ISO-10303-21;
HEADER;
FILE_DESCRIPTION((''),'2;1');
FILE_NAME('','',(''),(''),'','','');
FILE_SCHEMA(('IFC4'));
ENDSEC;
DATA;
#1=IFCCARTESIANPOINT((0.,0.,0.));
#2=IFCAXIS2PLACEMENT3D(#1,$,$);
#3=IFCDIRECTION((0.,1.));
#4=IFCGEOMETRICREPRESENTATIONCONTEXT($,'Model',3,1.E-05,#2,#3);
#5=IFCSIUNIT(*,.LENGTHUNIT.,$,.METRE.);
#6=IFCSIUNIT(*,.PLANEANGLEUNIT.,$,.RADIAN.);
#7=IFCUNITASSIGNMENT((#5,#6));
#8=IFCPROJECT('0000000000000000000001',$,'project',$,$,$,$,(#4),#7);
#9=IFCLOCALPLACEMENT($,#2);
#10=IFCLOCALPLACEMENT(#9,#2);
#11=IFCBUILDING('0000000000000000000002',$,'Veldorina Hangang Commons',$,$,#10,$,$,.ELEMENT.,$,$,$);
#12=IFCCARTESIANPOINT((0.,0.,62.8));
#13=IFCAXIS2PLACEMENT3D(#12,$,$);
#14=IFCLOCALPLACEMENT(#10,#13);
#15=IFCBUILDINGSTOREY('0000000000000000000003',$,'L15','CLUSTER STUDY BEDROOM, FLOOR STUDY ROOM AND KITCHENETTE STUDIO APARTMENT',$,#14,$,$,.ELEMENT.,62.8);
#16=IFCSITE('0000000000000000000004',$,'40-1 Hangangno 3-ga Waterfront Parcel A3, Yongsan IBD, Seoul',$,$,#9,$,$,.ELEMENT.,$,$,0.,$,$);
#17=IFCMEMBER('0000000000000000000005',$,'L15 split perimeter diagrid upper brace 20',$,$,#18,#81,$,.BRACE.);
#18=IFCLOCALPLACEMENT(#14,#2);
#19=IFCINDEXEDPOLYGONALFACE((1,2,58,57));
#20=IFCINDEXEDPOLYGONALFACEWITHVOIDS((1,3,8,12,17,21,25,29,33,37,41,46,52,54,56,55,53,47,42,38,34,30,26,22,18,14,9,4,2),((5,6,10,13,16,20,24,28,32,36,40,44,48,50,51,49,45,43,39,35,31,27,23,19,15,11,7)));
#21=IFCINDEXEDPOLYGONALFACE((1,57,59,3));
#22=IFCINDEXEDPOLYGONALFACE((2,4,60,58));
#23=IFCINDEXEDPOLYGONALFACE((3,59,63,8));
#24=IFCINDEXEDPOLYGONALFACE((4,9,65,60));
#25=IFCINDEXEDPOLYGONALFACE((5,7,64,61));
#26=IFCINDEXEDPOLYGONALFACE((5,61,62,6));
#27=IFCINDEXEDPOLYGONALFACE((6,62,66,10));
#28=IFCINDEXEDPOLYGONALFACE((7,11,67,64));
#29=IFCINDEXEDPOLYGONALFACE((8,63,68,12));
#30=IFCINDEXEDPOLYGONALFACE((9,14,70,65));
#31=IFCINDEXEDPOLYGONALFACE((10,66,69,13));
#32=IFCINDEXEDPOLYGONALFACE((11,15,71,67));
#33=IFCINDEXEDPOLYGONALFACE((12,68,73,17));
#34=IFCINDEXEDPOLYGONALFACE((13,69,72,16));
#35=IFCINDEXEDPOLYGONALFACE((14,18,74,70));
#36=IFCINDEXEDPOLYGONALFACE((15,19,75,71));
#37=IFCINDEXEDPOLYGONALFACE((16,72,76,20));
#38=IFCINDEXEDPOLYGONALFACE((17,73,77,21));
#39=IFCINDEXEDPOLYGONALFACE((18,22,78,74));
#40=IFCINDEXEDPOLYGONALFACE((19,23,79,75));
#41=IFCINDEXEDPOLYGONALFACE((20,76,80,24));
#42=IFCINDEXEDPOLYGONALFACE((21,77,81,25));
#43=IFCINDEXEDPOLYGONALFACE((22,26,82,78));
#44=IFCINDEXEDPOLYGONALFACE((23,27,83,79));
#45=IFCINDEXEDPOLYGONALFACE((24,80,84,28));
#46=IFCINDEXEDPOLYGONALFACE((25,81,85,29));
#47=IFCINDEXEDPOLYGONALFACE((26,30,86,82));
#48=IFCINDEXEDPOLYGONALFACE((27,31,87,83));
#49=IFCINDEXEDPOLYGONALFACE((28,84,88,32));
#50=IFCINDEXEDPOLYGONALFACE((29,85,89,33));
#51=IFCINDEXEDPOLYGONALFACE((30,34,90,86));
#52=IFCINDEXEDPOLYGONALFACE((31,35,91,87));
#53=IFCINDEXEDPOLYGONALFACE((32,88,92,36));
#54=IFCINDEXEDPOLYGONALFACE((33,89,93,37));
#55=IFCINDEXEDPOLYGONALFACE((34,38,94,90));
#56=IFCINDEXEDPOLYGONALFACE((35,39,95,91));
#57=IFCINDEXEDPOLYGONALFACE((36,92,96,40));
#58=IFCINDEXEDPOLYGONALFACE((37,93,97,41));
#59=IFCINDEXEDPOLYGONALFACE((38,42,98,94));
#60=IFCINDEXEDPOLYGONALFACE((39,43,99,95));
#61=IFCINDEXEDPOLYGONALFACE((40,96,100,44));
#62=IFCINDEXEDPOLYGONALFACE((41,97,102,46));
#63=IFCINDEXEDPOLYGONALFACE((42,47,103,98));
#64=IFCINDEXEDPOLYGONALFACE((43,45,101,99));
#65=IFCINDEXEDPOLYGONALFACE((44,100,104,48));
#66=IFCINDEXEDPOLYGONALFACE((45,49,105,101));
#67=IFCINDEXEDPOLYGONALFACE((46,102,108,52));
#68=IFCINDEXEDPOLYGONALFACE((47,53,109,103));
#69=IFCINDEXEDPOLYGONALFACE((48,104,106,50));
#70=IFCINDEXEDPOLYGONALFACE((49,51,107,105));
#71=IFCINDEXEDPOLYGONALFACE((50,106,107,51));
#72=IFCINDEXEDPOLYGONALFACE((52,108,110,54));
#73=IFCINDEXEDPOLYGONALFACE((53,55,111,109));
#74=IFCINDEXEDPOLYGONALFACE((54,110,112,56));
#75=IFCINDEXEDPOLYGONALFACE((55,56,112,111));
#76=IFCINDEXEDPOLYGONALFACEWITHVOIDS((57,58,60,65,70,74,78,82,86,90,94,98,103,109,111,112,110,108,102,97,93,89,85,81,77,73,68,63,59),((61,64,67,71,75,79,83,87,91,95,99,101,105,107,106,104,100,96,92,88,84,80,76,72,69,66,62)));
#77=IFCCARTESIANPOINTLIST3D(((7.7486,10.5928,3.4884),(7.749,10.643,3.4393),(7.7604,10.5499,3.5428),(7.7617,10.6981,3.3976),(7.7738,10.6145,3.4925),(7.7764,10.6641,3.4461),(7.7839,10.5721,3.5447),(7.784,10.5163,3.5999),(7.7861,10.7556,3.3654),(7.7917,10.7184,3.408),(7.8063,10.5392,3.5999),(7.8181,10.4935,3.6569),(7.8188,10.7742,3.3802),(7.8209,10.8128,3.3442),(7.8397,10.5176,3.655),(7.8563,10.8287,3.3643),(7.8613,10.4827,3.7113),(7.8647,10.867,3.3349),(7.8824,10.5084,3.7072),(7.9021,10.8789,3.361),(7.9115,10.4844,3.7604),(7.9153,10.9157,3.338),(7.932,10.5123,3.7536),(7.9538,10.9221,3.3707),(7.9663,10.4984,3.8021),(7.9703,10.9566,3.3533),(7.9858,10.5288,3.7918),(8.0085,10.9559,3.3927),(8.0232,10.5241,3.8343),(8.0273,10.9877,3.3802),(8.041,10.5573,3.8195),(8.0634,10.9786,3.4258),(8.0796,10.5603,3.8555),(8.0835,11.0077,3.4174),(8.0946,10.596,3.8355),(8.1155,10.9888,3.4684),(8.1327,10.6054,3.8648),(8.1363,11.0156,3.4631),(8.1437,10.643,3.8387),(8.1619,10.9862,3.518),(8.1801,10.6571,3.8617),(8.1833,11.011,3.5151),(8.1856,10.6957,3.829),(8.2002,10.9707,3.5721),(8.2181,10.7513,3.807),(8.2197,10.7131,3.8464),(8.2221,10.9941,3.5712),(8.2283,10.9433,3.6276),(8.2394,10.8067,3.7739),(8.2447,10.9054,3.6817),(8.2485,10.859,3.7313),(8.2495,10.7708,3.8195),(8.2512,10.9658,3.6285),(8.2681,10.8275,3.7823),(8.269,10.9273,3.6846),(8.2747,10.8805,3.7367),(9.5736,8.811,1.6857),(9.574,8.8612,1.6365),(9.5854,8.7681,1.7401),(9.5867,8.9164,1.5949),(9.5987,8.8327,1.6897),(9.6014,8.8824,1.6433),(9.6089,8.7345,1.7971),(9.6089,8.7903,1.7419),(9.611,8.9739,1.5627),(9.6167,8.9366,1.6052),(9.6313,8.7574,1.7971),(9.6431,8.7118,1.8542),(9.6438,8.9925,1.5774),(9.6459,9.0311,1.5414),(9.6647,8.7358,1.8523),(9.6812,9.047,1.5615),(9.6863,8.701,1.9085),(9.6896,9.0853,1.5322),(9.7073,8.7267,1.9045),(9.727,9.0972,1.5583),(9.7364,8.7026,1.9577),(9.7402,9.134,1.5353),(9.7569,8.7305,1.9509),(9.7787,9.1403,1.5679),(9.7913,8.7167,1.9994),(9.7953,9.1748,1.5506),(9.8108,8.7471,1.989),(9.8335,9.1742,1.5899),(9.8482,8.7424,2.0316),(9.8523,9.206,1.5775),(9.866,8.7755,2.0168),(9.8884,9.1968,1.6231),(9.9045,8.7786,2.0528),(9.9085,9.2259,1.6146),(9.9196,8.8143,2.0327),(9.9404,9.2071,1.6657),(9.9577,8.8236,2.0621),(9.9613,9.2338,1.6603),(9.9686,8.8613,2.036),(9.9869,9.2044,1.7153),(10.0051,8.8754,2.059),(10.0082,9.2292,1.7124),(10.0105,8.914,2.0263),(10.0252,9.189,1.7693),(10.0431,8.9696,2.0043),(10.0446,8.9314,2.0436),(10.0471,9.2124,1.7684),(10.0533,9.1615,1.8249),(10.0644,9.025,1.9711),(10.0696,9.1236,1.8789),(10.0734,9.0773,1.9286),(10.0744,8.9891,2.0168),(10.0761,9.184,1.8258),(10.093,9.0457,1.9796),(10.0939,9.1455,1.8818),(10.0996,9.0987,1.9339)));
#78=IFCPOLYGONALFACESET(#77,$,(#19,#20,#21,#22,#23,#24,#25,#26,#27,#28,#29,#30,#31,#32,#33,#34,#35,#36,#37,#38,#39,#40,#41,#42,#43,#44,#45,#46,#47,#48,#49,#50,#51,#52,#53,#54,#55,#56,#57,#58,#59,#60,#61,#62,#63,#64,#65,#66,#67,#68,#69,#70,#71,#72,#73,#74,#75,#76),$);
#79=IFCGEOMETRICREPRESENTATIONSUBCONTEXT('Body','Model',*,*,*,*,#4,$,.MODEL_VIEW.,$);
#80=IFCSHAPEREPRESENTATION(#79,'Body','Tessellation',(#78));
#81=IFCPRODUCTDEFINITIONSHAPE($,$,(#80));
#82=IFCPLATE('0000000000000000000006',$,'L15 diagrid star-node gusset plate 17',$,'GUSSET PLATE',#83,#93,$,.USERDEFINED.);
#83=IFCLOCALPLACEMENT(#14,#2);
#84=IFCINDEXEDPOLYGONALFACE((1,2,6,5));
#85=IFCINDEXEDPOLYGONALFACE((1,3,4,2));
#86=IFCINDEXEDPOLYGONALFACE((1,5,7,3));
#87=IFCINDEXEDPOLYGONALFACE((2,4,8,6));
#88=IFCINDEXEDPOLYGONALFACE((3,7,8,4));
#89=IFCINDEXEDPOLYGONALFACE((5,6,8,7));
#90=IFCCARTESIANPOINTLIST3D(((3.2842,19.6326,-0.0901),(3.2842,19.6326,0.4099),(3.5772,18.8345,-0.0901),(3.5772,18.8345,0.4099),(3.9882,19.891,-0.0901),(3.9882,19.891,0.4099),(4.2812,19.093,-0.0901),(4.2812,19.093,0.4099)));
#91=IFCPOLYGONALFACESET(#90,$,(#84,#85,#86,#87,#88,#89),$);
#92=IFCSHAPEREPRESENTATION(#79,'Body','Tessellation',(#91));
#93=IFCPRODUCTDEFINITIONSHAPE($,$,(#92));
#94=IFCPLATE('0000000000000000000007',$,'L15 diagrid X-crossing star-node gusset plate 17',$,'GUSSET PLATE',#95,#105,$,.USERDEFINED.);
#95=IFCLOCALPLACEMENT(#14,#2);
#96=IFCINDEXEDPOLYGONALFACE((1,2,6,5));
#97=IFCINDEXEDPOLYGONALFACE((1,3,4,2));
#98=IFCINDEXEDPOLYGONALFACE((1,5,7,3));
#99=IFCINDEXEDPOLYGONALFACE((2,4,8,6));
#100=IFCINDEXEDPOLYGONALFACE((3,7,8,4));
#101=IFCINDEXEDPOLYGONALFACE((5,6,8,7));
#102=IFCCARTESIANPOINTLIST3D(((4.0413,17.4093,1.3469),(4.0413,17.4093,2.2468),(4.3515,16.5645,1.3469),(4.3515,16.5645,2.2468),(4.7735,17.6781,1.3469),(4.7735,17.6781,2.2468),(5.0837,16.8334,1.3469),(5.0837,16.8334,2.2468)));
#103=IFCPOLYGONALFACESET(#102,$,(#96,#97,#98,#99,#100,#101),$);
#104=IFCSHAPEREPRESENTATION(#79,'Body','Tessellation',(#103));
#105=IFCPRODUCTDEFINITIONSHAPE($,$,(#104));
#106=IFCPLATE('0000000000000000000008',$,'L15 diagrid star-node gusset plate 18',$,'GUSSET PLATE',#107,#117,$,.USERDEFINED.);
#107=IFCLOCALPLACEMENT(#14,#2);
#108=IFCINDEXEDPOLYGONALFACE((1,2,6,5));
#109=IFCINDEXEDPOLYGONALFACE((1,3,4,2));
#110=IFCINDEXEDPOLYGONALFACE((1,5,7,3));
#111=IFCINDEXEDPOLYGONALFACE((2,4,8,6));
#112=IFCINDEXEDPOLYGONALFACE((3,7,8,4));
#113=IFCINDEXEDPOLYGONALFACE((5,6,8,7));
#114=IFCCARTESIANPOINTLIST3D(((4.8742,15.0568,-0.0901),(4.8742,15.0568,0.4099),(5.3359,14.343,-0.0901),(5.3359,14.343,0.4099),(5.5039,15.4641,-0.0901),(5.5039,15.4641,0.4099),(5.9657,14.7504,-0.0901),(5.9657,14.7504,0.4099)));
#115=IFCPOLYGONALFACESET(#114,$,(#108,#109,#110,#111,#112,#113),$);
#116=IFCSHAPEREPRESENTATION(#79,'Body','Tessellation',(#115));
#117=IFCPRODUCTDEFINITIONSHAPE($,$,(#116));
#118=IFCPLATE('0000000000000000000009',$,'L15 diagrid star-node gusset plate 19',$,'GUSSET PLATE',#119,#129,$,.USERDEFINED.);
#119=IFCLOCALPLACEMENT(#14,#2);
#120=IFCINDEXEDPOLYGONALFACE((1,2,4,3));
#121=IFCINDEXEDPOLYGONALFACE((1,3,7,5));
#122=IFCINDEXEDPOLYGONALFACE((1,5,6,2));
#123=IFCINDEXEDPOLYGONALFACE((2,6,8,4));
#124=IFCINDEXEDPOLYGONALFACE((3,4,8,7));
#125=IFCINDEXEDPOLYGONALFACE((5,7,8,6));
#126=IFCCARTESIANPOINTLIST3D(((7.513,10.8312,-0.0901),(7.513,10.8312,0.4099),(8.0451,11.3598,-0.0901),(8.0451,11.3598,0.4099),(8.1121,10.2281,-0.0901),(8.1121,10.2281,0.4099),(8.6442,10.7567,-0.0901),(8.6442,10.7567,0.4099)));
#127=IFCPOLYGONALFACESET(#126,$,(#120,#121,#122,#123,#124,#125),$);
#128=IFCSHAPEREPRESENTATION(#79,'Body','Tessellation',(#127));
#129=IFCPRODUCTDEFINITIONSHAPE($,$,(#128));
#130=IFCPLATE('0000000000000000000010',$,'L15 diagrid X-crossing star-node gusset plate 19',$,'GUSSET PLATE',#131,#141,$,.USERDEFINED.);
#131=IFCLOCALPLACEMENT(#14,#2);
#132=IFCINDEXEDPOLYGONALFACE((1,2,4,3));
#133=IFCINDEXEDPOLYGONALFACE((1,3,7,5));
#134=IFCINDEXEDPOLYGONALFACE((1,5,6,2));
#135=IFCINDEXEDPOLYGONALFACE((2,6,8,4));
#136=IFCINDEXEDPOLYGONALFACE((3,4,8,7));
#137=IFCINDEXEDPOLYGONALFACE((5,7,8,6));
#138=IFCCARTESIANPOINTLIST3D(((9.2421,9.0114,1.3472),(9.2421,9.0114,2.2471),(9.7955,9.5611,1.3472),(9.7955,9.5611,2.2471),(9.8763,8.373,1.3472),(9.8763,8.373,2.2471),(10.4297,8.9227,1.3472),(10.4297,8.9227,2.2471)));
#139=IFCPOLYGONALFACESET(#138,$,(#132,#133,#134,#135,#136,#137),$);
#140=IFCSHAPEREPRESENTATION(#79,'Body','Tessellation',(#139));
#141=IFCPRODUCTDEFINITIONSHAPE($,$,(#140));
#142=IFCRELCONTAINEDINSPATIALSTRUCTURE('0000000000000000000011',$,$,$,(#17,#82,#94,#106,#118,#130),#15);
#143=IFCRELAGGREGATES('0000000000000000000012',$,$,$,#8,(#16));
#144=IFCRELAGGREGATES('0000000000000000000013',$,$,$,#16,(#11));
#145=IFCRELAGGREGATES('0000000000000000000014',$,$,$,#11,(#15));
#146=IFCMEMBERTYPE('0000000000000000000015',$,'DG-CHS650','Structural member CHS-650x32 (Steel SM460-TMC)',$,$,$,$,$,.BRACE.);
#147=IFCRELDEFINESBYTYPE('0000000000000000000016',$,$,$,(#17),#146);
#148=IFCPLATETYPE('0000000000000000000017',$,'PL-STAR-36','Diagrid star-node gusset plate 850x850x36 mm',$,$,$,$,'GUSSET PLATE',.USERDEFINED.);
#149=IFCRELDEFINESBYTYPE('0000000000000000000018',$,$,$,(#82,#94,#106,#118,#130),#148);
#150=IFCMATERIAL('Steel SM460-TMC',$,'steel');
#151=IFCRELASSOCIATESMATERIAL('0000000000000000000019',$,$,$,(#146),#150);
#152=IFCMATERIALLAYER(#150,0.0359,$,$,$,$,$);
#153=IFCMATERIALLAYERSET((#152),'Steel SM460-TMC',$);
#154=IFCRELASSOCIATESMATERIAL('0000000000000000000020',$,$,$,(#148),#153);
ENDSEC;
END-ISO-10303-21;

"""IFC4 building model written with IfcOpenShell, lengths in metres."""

from ifc_helpers import new_model, si_unit, direction, frame, origin, origin_2d, place, context, subcontext, project, spatial, rectangle, hollow_circle, extrude, material, layer, layer_set, material_profile, profile_set, type_object, element, save


model = new_model("IFC4")

# Units and contexts
model_context = context("Model", 3, precision=1e-05, world=origin(), true_north=direction((0.0, 1.0)))
body_context = subcontext(model_context, "Body", "Model", "MODEL_VIEW")
ifc_project = project(units=[si_unit("LENGTHUNIT", "METRE"), si_unit("PLANEANGLEUNIT", "RADIAN")], contexts=[model_context])

# Site, building, storey
site_placement = place(None, origin())
site = spatial("IfcSite", under=ifc_project, at=site_placement, Name="40-1 Hangangno 3-ga Waterfront Parcel A3, Yongsan IBD, Seoul", CompositionType="ELEMENT", RefElevation=0.0)
building_placement = place(site_placement, origin())
building = spatial("IfcBuilding", under=site, at=building_placement, Name="Veldorina Hangang Commons", CompositionType="ELEMENT")
storey_placement = place(building_placement, frame((0.0, 0.0, 62.8)))
storey = spatial("IfcBuildingStorey", under=building, at=storey_placement, Name="L15", Description="CLUSTER STUDY BEDROOM, FLOOR STUDY ROOM AND KITCHENETTE STUDIO APARTMENT", CompositionType="ELEMENT", Elevation=62.8)

# Member
ifc_material_1 = material(Name="Steel SM460-TMC", Category="steel")
ifc_material_profile_1 = material_profile(ifc_material_1, hollow_circle(Radius=0.325, WallThickness=0.032, at=origin_2d()), Name="CHS-650x32")
ifc_profile_set_1 = profile_set([ifc_material_profile_1], Name="Steel SM460-TMC")
member_type = type_object("IfcMemberType", Name="DG-CHS650", Description="Structural member CHS-650x32 (Steel SM460-TMC)", PredefinedType="BRACE", material=ifc_profile_set_1)
member_1_placement = place(storey_placement, frame((9.8359, 8.967, 1.7971), z_axis=(-0.584306, 0.57047, 0.577192), x_axis=(-0.698585, -0.715527, 0.0)))
element("IfcMember", 1, at=member_1_placement, inside=storey, type_object=member_type, Name="L15 split perimeter diagrid upper brace 20", PredefinedType="BRACE", context=body_context, shape_type="SweptSolid", body=[
    extrude(hollow_circle(Radius=0.325, WallThickness=0.032, at=origin_2d()), origin(), (0.0, 0.0, 1.0), 3.1233),
])

# Plates
ifc_layer_1 = layer(ifc_material_1, 0.0359)
ifc_layer_set_1 = layer_set([ifc_layer_1], Name="Steel SM460-TMC")
plate_type = type_object("IfcPlateType", Name="PL-STAR-36", Description="Diagrid star-node gusset plate 850x850x36 mm", ElementType="GUSSET PLATE", PredefinedType="USERDEFINED", material=ifc_layer_set_1)
plate_1_placement = place(storey_placement, frame((3.7827, 19.3628, -0.0901), z_axis=(0.0, 0.0, 1.0), x_axis=(0.344659, -0.938728, 0.0)))
element("IfcPlate", 2, at=plate_1_placement, inside=storey, type_object=plate_type, Name="L15 diagrid star-node gusset plate 17", ObjectType="GUSSET PLATE", PredefinedType="USERDEFINED", context=body_context, shape_type="SweptSolid", body=[
    extrude(rectangle(XDim=0.8501, YDim=0.75, at=origin_2d()), origin(), (0.0, 0.0, 1.0), 0.5),
])
plate_2_placement = place(storey_placement, frame((4.5625, 17.1213, 1.3469), z_axis=(0.0, 0.0, 1.0), x_axis=(0.344659, -0.938728, 0.0)))
element("IfcPlate", 3, at=plate_2_placement, inside=storey, type_object=plate_type, Name="L15 diagrid X-crossing star-node gusset plate 17", ObjectType="GUSSET PLATE", PredefinedType="USERDEFINED", context=body_context, shape_type="SweptSolid", body=[
    extrude(rectangle(XDim=0.8999, YDim=0.78, at=origin_2d()), origin(), (0.0, 0.0, 1.0), 0.8999),
])
for number, where, z_axis, x_axis, name in (
    (4, (5.4199, 14.9036, -0.0901), (0.0, 0.0, 1.0), (0.543174, -0.83962, 0.0), "L15 diagrid star-node gusset plate 18"),
    (5, (8.0786, 10.7939, -0.0901), (0.0, 0.0, 1.0), (0.704733, -0.709472, 0.0), "L15 diagrid star-node gusset plate 19"),
):
    element("IfcPlate", number, at=place(storey_placement, frame(where, z_axis=z_axis, x_axis=x_axis)), inside=storey, type_object=plate_type, Name=name, ObjectType="GUSSET PLATE", PredefinedType="USERDEFINED", context=body_context, shape_type="SweptSolid", body=[
        extrude(rectangle(XDim=0.8501, YDim=0.75, at=origin_2d()), origin(), (0.0, 0.0, 1.0), 0.5),
    ])
plate_3_placement = place(storey_placement, frame((9.8359, 8.967, 1.3472), z_axis=(0.0, 0.0, 1.0), x_axis=(0.704733, -0.709472, 0.0)))
element("IfcPlate", 6, at=plate_3_placement, inside=storey, type_object=plate_type, Name="L15 diagrid X-crossing star-node gusset plate 19", ObjectType="GUSSET PLATE", PredefinedType="USERDEFINED", context=body_context, shape_type="SweptSolid", body=[
    extrude(rectangle(XDim=0.8999, YDim=0.78, at=origin_2d()), origin(), (0.0, 0.0, 1.0), 0.8999),
])

save(model, "model.ifc")
